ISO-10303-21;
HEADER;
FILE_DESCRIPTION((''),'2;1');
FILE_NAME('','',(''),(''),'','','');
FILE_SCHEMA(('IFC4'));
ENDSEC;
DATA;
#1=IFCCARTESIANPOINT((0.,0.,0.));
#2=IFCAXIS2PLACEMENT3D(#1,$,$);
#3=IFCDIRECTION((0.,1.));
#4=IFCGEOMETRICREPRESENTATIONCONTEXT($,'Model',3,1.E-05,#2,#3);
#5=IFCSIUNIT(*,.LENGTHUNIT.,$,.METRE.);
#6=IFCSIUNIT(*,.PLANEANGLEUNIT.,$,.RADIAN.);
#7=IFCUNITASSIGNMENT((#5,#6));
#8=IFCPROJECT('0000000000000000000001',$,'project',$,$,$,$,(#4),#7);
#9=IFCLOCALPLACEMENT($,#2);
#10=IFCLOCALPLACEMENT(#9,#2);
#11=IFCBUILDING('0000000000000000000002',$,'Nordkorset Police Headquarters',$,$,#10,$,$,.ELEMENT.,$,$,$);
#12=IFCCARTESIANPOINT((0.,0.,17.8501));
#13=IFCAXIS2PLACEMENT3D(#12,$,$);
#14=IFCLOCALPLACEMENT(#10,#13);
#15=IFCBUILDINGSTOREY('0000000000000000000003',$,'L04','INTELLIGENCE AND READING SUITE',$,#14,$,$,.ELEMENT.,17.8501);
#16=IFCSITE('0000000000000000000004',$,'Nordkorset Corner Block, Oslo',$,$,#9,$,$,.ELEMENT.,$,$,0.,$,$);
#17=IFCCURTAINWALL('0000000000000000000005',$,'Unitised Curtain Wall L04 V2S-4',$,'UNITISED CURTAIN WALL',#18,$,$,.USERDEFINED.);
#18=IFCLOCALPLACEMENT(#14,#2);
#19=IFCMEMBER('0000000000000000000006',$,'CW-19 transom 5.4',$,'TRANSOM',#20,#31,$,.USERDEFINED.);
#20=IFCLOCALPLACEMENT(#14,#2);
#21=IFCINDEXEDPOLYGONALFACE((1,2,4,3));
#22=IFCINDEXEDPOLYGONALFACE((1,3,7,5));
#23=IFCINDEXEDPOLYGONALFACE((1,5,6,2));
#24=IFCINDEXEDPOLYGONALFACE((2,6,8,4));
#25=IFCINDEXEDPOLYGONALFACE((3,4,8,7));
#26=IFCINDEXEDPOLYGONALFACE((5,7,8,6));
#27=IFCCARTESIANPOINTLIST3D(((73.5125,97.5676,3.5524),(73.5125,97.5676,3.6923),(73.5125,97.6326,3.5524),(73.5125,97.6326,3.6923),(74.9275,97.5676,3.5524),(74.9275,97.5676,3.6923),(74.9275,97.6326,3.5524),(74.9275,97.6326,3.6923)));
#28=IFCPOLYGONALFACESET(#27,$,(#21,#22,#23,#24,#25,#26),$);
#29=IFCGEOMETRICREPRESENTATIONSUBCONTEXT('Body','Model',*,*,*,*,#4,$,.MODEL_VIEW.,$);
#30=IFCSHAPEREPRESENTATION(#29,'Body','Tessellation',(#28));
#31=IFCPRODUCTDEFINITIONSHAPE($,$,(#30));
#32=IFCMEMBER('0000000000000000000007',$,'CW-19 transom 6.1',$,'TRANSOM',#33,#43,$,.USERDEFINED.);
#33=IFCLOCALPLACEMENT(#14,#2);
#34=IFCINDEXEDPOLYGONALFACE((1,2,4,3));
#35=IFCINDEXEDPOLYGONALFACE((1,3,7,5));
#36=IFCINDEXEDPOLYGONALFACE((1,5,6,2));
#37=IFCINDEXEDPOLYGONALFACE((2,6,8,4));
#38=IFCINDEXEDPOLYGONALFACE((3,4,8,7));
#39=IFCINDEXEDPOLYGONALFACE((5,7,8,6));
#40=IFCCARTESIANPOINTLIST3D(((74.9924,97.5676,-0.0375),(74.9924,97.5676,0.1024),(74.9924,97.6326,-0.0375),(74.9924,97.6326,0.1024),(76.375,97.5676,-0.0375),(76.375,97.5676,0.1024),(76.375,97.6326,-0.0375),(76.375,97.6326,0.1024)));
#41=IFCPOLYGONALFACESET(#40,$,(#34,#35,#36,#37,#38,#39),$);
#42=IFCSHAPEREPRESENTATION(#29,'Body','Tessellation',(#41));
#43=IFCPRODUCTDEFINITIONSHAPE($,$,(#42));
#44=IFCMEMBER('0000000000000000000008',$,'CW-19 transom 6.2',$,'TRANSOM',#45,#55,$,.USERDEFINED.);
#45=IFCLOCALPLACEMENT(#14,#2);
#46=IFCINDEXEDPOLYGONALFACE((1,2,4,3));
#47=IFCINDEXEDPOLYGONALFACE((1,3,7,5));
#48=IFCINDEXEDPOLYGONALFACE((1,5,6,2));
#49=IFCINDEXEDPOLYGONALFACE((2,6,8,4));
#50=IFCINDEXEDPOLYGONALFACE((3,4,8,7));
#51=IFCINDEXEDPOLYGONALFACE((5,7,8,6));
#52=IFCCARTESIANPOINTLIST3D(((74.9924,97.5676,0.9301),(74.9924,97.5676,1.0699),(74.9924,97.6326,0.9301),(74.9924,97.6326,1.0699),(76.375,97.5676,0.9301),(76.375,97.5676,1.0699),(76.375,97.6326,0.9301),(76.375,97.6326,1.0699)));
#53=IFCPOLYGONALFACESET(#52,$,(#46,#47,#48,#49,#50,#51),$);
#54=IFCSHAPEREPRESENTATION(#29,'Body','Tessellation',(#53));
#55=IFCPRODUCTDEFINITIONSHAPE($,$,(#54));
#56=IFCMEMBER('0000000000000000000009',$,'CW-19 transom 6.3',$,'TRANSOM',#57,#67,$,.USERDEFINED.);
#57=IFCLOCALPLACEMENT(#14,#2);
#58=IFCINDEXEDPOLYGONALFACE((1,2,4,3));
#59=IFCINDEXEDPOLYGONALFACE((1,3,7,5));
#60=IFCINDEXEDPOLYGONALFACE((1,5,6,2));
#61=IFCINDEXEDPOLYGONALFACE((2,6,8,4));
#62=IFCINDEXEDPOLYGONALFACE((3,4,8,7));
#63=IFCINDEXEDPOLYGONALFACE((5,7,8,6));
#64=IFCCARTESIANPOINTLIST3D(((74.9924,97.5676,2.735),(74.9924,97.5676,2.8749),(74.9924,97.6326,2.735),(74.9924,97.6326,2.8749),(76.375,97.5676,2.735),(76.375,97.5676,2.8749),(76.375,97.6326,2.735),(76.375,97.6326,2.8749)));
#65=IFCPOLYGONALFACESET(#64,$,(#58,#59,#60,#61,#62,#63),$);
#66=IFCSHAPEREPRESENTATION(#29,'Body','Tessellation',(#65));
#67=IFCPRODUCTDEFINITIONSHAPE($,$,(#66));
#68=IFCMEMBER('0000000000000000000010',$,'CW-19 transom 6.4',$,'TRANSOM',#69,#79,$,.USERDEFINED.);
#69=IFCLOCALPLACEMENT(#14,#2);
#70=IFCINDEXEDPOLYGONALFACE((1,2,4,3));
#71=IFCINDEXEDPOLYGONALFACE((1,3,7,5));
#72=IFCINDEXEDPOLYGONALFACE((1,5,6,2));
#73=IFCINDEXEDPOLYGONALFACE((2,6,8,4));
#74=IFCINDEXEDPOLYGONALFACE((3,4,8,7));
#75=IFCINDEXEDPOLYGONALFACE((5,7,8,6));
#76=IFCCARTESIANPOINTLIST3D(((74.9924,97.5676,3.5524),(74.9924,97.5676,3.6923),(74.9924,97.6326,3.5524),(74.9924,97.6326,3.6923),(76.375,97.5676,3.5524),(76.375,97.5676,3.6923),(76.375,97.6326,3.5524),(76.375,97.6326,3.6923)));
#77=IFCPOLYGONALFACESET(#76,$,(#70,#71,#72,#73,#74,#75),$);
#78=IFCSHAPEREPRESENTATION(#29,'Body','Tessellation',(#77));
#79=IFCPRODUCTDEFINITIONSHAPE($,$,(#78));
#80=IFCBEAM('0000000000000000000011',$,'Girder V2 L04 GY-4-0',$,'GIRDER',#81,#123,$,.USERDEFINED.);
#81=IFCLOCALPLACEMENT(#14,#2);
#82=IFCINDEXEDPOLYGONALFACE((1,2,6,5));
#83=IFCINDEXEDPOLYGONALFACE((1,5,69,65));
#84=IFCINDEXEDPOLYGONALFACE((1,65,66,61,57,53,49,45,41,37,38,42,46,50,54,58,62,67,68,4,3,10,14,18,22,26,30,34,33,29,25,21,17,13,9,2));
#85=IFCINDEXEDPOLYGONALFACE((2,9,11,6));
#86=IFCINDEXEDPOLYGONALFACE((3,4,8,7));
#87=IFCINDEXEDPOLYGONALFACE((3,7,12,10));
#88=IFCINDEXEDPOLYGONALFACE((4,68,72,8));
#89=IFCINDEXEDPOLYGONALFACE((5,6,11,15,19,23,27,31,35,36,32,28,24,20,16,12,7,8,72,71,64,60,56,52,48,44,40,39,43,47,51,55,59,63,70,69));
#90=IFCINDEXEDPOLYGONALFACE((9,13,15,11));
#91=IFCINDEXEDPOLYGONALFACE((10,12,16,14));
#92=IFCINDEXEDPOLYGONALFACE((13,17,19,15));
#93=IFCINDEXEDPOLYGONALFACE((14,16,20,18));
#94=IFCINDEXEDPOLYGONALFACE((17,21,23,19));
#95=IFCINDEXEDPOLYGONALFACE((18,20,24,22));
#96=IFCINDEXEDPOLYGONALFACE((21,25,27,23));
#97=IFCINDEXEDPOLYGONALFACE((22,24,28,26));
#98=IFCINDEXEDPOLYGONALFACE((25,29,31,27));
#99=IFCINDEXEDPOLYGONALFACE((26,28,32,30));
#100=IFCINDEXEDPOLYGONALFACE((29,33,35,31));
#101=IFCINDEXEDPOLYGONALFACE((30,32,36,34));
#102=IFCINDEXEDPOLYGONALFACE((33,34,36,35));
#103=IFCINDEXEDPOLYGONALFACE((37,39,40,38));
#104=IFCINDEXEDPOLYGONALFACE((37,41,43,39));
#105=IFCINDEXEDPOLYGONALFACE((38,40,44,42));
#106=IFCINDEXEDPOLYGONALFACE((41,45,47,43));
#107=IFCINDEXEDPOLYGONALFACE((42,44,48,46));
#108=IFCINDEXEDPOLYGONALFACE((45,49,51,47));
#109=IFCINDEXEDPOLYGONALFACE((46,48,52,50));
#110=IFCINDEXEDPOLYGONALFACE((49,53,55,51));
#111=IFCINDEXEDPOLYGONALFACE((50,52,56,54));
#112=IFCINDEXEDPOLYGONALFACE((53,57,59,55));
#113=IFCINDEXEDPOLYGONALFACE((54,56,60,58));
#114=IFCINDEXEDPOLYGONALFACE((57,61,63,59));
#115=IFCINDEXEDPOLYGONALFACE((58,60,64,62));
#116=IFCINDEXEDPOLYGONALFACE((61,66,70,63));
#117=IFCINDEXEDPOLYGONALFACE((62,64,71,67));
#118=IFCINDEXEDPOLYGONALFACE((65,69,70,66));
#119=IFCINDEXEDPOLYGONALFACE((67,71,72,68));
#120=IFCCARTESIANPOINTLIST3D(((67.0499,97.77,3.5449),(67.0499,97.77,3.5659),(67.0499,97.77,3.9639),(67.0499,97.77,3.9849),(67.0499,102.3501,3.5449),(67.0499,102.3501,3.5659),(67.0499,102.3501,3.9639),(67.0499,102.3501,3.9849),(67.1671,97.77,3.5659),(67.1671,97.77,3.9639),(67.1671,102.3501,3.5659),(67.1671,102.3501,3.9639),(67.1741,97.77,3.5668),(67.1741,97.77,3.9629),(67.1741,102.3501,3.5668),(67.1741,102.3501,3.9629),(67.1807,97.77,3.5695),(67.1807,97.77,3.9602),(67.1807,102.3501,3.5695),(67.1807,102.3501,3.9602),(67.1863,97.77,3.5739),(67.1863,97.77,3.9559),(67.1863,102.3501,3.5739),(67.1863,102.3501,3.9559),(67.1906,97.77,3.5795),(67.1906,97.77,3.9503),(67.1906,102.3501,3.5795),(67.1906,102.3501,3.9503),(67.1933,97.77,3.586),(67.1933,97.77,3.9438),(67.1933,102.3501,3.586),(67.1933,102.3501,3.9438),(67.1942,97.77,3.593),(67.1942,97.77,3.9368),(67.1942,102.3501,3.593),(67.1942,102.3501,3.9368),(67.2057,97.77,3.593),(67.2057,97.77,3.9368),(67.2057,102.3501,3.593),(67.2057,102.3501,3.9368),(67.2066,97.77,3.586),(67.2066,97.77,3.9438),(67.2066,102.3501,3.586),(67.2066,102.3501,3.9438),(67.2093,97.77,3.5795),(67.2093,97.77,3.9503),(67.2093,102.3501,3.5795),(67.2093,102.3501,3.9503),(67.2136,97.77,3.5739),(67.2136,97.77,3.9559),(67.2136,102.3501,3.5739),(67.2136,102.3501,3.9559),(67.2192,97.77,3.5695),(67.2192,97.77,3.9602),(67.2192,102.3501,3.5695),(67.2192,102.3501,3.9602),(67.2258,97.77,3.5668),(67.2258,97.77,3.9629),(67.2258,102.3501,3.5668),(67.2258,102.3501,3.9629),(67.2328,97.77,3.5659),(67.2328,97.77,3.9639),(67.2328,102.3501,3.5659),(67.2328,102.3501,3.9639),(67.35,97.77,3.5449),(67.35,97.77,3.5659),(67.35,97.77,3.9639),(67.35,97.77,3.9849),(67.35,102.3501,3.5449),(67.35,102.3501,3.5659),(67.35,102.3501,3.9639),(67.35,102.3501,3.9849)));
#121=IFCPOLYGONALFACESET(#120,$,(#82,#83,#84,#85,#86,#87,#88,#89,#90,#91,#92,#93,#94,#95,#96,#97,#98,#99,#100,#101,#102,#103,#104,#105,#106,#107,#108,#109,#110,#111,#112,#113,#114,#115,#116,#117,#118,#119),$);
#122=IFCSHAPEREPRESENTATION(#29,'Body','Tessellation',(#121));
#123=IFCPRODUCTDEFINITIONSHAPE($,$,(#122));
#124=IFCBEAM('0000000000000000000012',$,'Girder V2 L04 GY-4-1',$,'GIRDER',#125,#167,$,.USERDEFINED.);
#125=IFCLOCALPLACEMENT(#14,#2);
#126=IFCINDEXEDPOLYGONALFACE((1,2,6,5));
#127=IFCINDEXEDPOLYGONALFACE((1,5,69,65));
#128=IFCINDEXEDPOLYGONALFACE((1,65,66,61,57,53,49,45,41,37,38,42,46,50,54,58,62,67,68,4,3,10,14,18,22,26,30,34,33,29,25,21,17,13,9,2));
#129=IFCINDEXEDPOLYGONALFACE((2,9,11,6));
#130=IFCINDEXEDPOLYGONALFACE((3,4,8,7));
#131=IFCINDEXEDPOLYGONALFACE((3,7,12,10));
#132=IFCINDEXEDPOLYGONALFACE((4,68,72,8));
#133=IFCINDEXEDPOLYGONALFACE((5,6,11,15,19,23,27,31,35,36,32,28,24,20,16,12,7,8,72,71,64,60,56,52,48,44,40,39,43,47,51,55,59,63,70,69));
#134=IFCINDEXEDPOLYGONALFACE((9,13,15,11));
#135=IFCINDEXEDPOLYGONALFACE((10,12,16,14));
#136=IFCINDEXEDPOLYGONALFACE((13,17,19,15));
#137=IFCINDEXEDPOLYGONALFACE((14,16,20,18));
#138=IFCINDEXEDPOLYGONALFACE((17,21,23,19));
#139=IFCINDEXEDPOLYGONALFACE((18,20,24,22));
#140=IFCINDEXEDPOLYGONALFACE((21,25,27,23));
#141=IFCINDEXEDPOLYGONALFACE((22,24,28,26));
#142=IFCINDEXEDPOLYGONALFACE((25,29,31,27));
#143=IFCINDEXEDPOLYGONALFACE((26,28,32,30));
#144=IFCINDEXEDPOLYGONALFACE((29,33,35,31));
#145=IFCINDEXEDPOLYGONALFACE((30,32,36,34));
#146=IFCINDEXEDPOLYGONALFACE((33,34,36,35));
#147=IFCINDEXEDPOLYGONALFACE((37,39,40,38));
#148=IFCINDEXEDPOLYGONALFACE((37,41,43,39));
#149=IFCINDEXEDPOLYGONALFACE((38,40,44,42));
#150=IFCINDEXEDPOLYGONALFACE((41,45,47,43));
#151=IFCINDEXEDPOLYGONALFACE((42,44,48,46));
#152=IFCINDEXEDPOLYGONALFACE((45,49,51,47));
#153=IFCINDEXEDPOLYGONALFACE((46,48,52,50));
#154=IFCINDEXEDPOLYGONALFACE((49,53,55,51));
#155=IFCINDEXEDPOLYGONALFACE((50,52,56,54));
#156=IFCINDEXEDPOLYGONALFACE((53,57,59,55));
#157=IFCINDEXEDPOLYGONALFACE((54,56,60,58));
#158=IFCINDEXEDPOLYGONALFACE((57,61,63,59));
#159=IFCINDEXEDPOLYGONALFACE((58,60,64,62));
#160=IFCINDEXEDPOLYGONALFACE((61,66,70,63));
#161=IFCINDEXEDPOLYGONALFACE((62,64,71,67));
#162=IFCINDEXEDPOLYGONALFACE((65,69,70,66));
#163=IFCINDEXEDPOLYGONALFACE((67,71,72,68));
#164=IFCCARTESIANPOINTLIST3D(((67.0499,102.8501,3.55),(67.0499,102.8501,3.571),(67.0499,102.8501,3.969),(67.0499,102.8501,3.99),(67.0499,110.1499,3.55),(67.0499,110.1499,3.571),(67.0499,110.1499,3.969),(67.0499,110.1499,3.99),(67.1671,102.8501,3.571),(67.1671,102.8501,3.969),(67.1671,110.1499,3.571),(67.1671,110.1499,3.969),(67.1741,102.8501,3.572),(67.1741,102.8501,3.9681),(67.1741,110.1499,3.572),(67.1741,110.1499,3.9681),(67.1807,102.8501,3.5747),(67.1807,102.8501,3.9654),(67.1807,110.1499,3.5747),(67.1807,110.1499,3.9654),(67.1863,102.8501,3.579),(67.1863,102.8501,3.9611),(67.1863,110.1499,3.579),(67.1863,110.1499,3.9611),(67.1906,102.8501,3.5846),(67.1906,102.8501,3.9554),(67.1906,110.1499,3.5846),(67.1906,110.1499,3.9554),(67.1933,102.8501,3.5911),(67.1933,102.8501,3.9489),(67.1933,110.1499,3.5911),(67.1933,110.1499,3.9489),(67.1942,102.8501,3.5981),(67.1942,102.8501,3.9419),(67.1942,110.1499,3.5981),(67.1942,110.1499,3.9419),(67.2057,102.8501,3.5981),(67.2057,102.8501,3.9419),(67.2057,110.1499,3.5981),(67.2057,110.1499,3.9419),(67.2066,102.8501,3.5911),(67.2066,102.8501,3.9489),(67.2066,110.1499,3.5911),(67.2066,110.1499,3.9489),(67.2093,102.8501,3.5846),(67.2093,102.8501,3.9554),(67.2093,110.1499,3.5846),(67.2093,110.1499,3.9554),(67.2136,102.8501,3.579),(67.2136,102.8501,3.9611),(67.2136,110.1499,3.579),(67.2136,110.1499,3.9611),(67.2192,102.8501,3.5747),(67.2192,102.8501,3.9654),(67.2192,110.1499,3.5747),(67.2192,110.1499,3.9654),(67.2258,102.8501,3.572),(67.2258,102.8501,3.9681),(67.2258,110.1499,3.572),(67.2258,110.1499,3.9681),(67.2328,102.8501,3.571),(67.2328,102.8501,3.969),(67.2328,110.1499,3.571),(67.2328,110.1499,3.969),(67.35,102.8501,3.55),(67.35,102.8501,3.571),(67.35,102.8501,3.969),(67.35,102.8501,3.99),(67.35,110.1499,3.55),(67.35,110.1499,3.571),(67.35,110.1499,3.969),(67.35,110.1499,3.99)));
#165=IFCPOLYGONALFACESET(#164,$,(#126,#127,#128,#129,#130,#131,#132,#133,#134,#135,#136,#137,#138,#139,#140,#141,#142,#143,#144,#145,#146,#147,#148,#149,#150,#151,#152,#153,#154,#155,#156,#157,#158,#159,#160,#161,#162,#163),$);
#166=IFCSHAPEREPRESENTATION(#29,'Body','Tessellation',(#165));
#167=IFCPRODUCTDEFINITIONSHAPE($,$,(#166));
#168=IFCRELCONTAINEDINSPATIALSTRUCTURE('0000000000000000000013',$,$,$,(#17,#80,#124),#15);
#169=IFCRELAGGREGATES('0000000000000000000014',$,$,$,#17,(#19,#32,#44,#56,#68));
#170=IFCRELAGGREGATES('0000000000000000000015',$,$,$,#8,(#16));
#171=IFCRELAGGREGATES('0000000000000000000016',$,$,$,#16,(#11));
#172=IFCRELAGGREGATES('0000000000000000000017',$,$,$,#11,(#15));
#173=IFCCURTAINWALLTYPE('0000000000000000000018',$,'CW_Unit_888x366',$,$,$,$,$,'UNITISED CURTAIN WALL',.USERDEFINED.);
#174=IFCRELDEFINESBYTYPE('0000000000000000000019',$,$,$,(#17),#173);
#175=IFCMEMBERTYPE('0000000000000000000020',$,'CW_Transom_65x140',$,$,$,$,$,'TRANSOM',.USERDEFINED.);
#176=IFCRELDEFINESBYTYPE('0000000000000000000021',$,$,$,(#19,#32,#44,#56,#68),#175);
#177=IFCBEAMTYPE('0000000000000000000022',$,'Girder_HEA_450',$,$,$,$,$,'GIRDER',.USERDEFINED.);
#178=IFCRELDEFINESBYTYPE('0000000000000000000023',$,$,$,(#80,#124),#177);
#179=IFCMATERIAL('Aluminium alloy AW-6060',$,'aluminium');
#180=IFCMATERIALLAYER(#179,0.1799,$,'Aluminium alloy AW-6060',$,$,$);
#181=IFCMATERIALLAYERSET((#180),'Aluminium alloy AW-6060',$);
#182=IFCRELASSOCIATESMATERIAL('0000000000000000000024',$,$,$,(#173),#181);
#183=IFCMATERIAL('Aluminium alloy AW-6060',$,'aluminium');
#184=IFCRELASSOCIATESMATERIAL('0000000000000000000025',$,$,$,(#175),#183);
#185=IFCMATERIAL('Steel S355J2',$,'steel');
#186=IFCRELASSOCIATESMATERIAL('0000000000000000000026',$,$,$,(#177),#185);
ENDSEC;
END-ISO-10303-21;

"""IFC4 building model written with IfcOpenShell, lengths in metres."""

from ifc_helpers import new_model, si_unit, direction, frame, origin, origin_2d, place, context, subcontext, project, spatial, rectangle, i_section, extrude, material, layer, layer_set, material_profile, profile_set, type_object, element, aggregate, save


model = new_model("IFC4")

# Units and contexts
model_context = context("Model", 3, precision=1e-05, world=origin(), true_north=direction((0.0, 1.0)))
body_context = subcontext(model_context, "Body", "Model", "MODEL_VIEW")
ifc_project = project(units=[si_unit("LENGTHUNIT", "METRE"), si_unit("PLANEANGLEUNIT", "RADIAN")], contexts=[model_context])

# Site, building, storey
site_placement = place(None, origin())
site = spatial("IfcSite", under=ifc_project, at=site_placement, Name="Nordkorset Corner Block, Oslo", CompositionType="ELEMENT", RefElevation=0.0)
building_placement = place(site_placement, origin())
building = spatial("IfcBuilding", under=site, at=building_placement, Name="Nordkorset Police Headquarters", CompositionType="ELEMENT")
storey_placement = place(building_placement, frame((0.0, 0.0, 17.8501)))
storey = spatial("IfcBuildingStorey", under=building, at=storey_placement, Name="L04", Description="INTELLIGENCE AND READING SUITE", CompositionType="ELEMENT", Elevation=17.8501)

# Curtain wall, members
ifc_material_1 = material(Name="Aluminium alloy AW-6060", Category="aluminium")
ifc_layer_1 = layer(ifc_material_1, 0.1799, Name="Aluminium alloy AW-6060")
ifc_layer_set_1 = layer_set([ifc_layer_1], Name="Aluminium alloy AW-6060")
curtain_wall_type = type_object("IfcCurtainWallType", Name="CW_Unit_888x366", ElementType="UNITISED CURTAIN WALL", PredefinedType="USERDEFINED", material=ifc_layer_set_1)
curtain_wall_placement = place(storey_placement, origin())
curtain_wall = element("IfcCurtainWall", 1, at=curtain_wall_placement, inside=storey, type_object=curtain_wall_type, Name="Unitised Curtain Wall L04 V2S-4", ObjectType="UNITISED CURTAIN WALL", PredefinedType="USERDEFINED")
ifc_material_2 = material(Name="Aluminium alloy AW-6060", Category="aluminium")
ifc_material_profile_1 = material_profile(ifc_material_2, rectangle(XDim=0.0649, YDim=0.1399, at=origin_2d()), Name="ALU TRAN 65x140")
ifc_profile_set_1 = profile_set([ifc_material_profile_1], Name="Aluminium alloy AW-6060")
member_type_1 = type_object("IfcMemberType", Name="CW_Transom_65x140", ElementType="TRANSOM", PredefinedType="USERDEFINED", material=ifc_profile_set_1)
member_1_placement = place(storey_placement, frame((73.5125, 97.6001, 3.6223), z_axis=(1.0, 0.0, 0.0), x_axis=(0.0, 1.0, 0.0)))
member_1 = element("IfcMember", 2, at=member_1_placement, type_object=member_type_1, Name="CW-19 transom 5.4", ObjectType="TRANSOM", PredefinedType="USERDEFINED", context=body_context, shape_type="SweptSolid", body=[
    extrude(rectangle(XDim=0.0649, YDim=0.1399, at=origin_2d()), origin(), (0.0, 0.0, 1.0), 1.415),
])
member_2_placement = place(storey_placement, frame((74.9924, 97.6001, 0.0325), z_axis=(1.0, 0.0, 0.0), x_axis=(0.0, 1.0, 0.0)))
member_2 = element("IfcMember", 3, at=member_2_placement, type_object=member_type_1, Name="CW-19 transom 6.1", ObjectType="TRANSOM", PredefinedType="USERDEFINED", context=body_context, shape_type="SweptSolid", body=[
    extrude(rectangle(XDim=0.0649, YDim=0.1399, at=origin_2d()), origin(), (0.0, 0.0, 1.0), 1.3826),
])
member_3_placement = place(storey_placement, frame((74.9924, 97.6001, 1.0), z_axis=(1.0, 0.0, 0.0), x_axis=(0.0, 1.0, 0.0)))
member_3 = element("IfcMember", 4, at=member_3_placement, type_object=member_type_1, Name="CW-19 transom 6.2", ObjectType="TRANSOM", PredefinedType="USERDEFINED", context=body_context, shape_type="SweptSolid", body=[
    extrude(rectangle(XDim=0.0649, YDim=0.1399, at=origin_2d()), origin(), (0.0, 0.0, 1.0), 1.3826),
])
member_4_placement = place(storey_placement, frame((74.9924, 97.6001, 2.8049), z_axis=(1.0, 0.0, 0.0), x_axis=(0.0, 1.0, 0.0)))
member_4 = element("IfcMember", 5, at=member_4_placement, type_object=member_type_1, Name="CW-19 transom 6.3", ObjectType="TRANSOM", PredefinedType="USERDEFINED", context=body_context, shape_type="SweptSolid", body=[
    extrude(rectangle(XDim=0.0649, YDim=0.1399, at=origin_2d()), origin(), (0.0, 0.0, 1.0), 1.3826),
])
member_5_placement = place(storey_placement, frame((74.9924, 97.6001, 3.6223), z_axis=(1.0, 0.0, 0.0), x_axis=(0.0, 1.0, 0.0)))
member_5 = element("IfcMember", 6, at=member_5_placement, type_object=member_type_1, Name="CW-19 transom 6.4", ObjectType="TRANSOM", PredefinedType="USERDEFINED", context=body_context, shape_type="SweptSolid", body=[
    extrude(rectangle(XDim=0.0649, YDim=0.1399, at=origin_2d()), origin(), (0.0, 0.0, 1.0), 1.3826),
])

# Beams
ifc_material_3 = material(Name="Steel S355J2", Category="steel")
ifc_material_profile_2 = material_profile(ifc_material_3, i_section(OverallWidth=0.3, OverallDepth=0.4399, WebThickness=0.0115, FlangeThickness=0.021, FilletRadius=0.0271, at=origin_2d()), Name="HEA 450")
ifc_profile_set_2 = profile_set([ifc_material_profile_2], Name="Steel S355J2")
beam_type_1 = type_object("IfcBeamType", Name="Girder_HEA_450", ElementType="GIRDER", PredefinedType="USERDEFINED", material=ifc_profile_set_2)
beam_1_placement = place(storey_placement, frame((67.2, 97.77, 3.7649), z_axis=(0.0, 1.0, 0.0), x_axis=(-1.0, 0.0, 0.0)))
element("IfcBeam", 7, at=beam_1_placement, inside=storey, type_object=beam_type_1, Name="Girder V2 L04 GY-4-0", ObjectType="GIRDER", PredefinedType="USERDEFINED", context=body_context, shape_type="SweptSolid", body=[
    extrude(i_section(OverallWidth=0.3, OverallDepth=0.4399, WebThickness=0.0115, FlangeThickness=0.021, FilletRadius=0.0271, at=origin_2d()), origin(), (0.0, 0.0, 1.0), 4.5801),
])
beam_2_placement = place(storey_placement, frame((67.2, 102.8501, 3.77), z_axis=(0.0, 1.0, 0.0), x_axis=(-1.0, 0.0, 0.0)))
element("IfcBeam", 8, at=beam_2_placement, inside=storey, type_object=beam_type_1, Name="Girder V2 L04 GY-4-1", ObjectType="GIRDER", PredefinedType="USERDEFINED", context=body_context, shape_type="SweptSolid", body=[
    extrude(i_section(OverallWidth=0.3, OverallDepth=0.4399, WebThickness=0.0115, FlangeThickness=0.021, FilletRadius=0.0271, at=origin_2d()), origin(), (0.0, 0.0, 1.0), 7.2998),
])

aggregate(curtain_wall, [member_1, member_2, member_3, member_4, member_5])

save(model, "model.ifc")
